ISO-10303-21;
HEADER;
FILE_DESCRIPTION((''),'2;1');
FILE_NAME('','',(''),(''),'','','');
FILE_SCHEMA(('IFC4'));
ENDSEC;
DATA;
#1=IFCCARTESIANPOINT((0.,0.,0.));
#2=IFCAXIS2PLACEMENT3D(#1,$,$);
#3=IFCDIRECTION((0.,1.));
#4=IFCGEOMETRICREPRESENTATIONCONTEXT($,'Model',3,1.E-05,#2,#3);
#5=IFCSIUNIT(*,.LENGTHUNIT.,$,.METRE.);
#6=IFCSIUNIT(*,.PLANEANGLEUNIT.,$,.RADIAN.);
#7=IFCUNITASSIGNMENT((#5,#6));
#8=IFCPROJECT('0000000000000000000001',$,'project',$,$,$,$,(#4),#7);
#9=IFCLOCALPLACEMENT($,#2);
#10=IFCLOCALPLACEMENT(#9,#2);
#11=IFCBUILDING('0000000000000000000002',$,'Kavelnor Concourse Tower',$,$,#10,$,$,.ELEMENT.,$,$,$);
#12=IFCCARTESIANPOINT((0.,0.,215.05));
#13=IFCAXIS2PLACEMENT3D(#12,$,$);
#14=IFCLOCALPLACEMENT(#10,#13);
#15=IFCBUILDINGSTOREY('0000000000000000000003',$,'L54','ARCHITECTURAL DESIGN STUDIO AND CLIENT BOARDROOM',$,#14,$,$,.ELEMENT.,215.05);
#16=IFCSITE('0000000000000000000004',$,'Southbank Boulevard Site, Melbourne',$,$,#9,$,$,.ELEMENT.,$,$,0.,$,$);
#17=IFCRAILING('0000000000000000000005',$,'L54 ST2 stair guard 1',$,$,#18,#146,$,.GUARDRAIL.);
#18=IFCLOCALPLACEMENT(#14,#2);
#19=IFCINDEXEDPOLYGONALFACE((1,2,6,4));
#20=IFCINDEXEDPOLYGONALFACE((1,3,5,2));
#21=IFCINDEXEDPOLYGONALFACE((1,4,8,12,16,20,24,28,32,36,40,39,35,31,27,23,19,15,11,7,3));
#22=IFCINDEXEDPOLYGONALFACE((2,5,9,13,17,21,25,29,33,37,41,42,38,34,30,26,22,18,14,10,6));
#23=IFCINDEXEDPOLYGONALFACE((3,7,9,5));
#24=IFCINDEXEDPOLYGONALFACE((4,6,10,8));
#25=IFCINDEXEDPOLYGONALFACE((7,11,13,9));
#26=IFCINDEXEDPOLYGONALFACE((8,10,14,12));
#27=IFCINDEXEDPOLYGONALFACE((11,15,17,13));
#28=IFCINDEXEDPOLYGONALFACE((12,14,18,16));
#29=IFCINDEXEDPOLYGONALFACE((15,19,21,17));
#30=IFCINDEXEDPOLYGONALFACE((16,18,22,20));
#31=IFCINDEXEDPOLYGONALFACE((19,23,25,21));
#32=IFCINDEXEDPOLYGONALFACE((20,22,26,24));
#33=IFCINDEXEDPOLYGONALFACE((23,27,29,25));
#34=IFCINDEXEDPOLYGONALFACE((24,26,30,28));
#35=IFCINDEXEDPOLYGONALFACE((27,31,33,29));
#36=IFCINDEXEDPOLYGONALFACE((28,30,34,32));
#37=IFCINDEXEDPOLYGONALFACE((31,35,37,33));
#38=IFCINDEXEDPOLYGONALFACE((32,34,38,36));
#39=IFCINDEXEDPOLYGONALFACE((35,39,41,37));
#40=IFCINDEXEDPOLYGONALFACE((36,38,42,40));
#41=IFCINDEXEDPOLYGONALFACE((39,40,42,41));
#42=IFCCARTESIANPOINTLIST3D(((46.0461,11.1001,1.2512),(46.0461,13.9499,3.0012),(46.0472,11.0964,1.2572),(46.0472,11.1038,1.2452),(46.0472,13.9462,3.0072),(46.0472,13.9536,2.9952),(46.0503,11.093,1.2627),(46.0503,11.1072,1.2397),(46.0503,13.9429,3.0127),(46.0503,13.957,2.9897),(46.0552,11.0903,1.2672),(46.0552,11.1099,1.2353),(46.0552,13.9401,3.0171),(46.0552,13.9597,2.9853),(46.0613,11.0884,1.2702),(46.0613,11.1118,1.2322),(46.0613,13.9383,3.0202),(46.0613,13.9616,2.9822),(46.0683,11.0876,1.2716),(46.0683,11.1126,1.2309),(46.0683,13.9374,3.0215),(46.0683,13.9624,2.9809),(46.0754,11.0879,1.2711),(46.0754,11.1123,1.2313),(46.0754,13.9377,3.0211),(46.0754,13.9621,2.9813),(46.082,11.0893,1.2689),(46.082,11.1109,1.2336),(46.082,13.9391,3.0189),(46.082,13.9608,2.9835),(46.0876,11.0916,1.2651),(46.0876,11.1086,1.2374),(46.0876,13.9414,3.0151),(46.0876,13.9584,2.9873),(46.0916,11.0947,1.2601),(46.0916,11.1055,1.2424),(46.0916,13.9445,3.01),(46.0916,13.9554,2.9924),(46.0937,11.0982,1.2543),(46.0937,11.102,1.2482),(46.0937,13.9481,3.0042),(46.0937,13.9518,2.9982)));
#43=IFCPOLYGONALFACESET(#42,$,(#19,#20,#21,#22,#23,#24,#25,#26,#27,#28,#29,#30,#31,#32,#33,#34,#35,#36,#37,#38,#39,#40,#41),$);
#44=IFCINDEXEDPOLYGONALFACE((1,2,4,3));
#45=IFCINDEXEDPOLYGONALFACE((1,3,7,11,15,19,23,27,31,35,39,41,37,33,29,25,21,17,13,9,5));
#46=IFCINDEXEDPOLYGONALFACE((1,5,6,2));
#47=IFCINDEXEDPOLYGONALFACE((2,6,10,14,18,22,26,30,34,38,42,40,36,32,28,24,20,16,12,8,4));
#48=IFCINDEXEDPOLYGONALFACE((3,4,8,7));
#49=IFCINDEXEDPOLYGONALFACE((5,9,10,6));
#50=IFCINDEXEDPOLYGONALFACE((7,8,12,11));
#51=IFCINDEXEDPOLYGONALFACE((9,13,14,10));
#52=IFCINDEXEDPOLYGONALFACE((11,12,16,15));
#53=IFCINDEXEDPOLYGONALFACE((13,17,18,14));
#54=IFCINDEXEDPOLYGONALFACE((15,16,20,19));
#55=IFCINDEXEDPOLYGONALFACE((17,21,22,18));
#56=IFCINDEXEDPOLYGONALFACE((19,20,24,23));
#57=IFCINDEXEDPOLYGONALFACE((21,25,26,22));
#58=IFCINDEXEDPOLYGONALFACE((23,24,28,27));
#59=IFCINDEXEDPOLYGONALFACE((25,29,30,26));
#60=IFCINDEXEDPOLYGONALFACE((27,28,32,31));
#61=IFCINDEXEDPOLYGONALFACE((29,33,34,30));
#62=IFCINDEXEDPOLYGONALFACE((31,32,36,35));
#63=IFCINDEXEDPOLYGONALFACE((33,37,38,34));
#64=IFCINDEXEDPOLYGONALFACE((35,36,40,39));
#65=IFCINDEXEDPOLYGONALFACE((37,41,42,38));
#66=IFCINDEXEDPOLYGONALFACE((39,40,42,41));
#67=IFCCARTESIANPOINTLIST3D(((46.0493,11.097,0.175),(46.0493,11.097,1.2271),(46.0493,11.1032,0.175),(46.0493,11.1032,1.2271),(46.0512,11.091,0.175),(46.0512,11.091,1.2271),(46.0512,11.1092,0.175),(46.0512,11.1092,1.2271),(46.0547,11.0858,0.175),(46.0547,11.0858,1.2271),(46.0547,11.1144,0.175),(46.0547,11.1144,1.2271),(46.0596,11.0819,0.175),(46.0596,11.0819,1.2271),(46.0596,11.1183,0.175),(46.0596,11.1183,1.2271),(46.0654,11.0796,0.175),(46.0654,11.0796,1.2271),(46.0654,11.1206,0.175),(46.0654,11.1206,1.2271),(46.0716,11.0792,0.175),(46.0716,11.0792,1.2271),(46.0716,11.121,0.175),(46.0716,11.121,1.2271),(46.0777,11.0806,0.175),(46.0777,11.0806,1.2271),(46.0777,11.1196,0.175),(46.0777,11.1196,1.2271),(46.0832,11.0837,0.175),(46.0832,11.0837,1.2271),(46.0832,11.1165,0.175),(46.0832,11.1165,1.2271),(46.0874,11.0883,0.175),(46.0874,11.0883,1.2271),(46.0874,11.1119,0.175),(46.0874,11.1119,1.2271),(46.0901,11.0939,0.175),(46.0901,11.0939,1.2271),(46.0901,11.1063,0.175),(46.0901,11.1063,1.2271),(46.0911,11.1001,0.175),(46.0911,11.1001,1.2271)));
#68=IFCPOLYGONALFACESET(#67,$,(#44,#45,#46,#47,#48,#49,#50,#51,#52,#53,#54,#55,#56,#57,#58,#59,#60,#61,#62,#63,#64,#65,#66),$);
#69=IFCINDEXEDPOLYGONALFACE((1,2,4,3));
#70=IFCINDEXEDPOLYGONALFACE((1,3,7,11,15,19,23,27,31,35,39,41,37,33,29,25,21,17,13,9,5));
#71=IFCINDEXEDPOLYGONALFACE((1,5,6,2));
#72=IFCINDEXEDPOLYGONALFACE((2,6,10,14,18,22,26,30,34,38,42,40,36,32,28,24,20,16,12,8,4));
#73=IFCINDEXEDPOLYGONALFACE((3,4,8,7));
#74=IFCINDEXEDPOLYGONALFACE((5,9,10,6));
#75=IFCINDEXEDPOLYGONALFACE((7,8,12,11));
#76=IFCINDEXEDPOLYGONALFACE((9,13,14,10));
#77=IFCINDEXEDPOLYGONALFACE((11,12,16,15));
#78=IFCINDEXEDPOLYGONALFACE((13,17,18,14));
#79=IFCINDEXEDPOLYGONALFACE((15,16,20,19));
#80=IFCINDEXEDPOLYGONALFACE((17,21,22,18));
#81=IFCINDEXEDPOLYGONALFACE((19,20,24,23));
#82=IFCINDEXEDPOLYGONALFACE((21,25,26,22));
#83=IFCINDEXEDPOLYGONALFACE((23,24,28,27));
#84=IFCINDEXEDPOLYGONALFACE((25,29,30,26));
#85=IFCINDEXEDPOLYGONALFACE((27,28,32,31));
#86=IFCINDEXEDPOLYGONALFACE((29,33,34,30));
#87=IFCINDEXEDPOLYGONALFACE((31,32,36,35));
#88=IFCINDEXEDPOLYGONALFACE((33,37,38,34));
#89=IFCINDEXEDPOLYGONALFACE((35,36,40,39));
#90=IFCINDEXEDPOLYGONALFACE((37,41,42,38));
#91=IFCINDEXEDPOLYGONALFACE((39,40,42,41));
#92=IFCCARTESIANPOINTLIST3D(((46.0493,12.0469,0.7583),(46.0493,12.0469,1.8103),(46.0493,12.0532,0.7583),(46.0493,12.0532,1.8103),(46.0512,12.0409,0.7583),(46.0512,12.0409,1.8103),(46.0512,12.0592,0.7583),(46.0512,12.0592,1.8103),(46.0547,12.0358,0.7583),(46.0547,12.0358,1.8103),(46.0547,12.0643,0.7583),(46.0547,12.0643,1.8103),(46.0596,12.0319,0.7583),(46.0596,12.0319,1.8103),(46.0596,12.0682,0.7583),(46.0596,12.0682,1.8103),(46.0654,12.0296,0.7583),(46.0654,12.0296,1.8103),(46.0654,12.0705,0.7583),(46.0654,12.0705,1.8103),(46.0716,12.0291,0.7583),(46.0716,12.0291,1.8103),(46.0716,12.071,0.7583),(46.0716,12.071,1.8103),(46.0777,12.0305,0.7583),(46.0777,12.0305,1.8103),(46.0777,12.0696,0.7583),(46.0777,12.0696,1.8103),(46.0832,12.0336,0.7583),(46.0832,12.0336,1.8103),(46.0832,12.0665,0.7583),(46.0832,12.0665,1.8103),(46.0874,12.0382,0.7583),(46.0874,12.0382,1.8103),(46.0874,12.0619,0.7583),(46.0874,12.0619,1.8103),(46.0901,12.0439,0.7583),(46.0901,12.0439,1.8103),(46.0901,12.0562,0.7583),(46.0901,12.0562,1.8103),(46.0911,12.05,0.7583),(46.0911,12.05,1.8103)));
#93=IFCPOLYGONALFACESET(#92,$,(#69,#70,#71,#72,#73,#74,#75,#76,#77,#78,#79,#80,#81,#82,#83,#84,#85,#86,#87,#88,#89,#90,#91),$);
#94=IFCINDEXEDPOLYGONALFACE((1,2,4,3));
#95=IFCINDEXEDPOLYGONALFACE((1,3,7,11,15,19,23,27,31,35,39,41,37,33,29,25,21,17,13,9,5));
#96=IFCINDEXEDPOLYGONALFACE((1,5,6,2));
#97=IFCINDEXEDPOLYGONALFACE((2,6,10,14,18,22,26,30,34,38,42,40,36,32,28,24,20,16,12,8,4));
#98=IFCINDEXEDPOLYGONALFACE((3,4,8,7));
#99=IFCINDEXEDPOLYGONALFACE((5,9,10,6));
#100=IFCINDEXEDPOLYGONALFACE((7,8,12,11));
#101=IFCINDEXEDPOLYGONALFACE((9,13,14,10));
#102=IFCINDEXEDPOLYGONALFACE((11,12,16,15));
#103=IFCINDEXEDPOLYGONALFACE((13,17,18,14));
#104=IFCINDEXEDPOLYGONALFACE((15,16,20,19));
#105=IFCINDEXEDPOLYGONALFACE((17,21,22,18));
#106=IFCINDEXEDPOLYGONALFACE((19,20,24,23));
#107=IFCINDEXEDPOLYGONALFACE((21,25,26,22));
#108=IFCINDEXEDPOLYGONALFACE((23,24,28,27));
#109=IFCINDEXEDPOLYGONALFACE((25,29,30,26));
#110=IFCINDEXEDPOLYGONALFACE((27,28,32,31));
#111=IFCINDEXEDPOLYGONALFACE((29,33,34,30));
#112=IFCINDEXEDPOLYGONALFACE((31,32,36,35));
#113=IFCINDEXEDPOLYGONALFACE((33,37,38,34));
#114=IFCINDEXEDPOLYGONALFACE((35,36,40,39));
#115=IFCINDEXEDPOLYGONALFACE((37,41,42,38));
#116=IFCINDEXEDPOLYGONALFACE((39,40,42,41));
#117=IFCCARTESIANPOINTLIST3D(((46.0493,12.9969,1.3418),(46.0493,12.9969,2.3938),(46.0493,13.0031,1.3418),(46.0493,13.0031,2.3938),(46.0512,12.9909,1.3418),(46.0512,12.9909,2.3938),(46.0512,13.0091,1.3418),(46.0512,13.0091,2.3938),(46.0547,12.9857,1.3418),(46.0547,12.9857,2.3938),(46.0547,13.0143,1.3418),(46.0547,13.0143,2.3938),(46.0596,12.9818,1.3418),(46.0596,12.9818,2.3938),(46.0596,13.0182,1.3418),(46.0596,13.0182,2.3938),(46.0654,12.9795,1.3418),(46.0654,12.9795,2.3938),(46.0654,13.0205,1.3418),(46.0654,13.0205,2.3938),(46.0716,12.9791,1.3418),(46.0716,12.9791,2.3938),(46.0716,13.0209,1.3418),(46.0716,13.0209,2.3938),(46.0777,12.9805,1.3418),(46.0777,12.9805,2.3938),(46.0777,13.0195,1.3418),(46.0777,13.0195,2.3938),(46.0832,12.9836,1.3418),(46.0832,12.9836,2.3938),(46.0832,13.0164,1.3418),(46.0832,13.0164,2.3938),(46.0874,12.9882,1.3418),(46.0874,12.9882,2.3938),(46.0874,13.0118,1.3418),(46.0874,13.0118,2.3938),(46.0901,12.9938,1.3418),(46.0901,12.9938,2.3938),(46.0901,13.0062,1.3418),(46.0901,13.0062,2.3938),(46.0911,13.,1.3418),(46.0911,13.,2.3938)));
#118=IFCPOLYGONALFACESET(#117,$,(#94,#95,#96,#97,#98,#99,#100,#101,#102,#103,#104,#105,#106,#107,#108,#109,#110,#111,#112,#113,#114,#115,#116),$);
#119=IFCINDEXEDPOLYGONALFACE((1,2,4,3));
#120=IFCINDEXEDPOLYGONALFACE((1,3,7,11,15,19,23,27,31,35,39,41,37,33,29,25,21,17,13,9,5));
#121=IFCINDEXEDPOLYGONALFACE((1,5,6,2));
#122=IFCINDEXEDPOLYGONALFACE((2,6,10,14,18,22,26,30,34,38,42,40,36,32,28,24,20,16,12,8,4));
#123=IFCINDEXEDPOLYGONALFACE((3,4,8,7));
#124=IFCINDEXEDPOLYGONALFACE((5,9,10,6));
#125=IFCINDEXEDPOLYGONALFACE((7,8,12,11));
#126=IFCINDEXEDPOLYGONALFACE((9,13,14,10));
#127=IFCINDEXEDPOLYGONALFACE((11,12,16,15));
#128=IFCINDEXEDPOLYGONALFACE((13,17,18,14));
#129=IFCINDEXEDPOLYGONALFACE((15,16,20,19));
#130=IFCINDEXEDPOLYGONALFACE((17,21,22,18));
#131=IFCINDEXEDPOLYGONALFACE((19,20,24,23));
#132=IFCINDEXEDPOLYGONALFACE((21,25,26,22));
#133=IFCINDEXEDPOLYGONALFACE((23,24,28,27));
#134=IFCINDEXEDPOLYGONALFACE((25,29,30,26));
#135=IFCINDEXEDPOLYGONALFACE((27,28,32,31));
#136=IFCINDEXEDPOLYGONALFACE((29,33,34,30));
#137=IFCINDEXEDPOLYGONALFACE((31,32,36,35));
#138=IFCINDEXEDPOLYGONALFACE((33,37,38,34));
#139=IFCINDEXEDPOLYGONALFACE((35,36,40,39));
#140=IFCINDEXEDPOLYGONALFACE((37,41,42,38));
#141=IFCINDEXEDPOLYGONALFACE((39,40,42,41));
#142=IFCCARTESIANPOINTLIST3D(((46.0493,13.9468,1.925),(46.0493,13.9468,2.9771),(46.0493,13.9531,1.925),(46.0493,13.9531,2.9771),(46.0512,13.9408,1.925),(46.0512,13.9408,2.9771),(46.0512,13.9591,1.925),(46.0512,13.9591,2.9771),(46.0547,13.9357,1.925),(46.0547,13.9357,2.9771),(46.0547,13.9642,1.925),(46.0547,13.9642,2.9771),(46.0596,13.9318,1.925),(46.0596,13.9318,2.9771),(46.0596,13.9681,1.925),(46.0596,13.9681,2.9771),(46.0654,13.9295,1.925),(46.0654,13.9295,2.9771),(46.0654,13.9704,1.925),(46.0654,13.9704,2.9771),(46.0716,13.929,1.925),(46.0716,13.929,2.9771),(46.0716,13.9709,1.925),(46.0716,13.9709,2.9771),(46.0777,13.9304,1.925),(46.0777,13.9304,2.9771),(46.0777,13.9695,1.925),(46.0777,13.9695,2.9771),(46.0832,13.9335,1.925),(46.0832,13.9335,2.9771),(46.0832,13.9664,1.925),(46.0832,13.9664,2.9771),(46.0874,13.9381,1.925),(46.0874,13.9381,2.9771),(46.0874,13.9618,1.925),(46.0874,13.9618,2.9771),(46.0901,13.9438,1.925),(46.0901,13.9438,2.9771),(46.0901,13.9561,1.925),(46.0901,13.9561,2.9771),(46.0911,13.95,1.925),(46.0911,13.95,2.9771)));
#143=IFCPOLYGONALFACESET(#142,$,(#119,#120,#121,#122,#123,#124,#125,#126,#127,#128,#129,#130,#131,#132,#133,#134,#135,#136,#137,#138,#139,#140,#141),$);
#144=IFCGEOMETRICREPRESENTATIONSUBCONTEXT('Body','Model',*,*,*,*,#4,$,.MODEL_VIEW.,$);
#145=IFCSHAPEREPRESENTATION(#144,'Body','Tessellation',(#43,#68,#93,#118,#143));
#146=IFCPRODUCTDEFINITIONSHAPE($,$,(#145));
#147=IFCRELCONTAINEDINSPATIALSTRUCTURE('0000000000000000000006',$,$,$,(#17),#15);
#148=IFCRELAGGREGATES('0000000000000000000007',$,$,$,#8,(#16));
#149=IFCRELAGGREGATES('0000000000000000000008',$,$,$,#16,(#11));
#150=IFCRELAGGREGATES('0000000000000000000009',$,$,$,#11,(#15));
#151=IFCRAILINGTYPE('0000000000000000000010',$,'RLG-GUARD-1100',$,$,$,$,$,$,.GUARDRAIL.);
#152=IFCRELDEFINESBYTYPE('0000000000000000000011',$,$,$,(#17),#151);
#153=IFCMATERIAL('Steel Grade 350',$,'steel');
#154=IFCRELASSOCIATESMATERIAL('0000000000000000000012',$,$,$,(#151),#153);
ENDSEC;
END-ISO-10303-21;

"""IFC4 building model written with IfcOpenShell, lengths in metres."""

from ifc_helpers import new_model, si_unit, direction, frame, origin, origin_2d, place, context, subcontext, project, spatial, circle, extrude, material, type_object, element, save


model = new_model("IFC4")

# Units and contexts
model_context = context("Model", 3, precision=1e-05, world=origin(), true_north=direction((0.0, 1.0)))
body_context = subcontext(model_context, "Body", "Model", "MODEL_VIEW")
ifc_project = project(units=[si_unit("LENGTHUNIT", "METRE"), si_unit("PLANEANGLEUNIT", "RADIAN")], contexts=[model_context])

# Site, building, storey
site_placement = place(None, origin())
site = spatial("IfcSite", under=ifc_project, at=site_placement, Name="Southbank Boulevard Site, Melbourne", CompositionType="ELEMENT", RefElevation=0.0)
building_placement = place(site_placement, origin())
building = spatial("IfcBuilding", under=site, at=building_placement, Name="Kavelnor Concourse Tower", CompositionType="ELEMENT")
storey_placement = place(building_placement, frame((0.0, 0.0, 215.05)))
storey = spatial("IfcBuildingStorey", under=building, at=storey_placement, Name="L54", Description="ARCHITECTURAL DESIGN STUDIO AND CLIENT BOARDROOM", CompositionType="ELEMENT", Elevation=215.05)

# Shared definitions
ifc_material_1 = material(Name="Steel Grade 350", Category="steel")

# Railing
railing_type_1 = type_object("IfcRailingType", Name="RLG-GUARD-1100", PredefinedType="GUARDRAIL", material=ifc_material_1)
railing_1_placement = place(storey_placement, frame((46.0701, 11.1001, 0.175)))
element("IfcRailing", 1, at=railing_1_placement, inside=storey, type_object=railing_type_1, Name="L54 ST2 stair guard 1", PredefinedType="GUARDRAIL", context=body_context, shape_type="SweptSolid", body=[
    extrude(circle(Radius=0.0239, at=origin_2d()), frame((0.0, 0.0, 1.0762), z_axis=(0.0, 0.852159, 0.523283), x_axis=(-1.0, 0.0, 0.0)), (0.0, 0.0, 1.0), 3.3442),
    extrude(circle(Radius=0.021, at=origin_2d()), origin(), (0.0, 0.0, 1.0), 1.052),
    extrude(circle(Radius=0.021, at=origin_2d()), frame((0.0, 0.95, 0.5833)), (0.0, 0.0, 1.0), 1.052),
    extrude(circle(Radius=0.021, at=origin_2d()), frame((0.0, 1.8999, 1.1667)), (0.0, 0.0, 1.0), 1.052),
    extrude(circle(Radius=0.021, at=origin_2d()), frame((0.0, 2.8499, 1.75)), (0.0, 0.0, 1.0), 1.052),
])

save(model, "model.ifc")
